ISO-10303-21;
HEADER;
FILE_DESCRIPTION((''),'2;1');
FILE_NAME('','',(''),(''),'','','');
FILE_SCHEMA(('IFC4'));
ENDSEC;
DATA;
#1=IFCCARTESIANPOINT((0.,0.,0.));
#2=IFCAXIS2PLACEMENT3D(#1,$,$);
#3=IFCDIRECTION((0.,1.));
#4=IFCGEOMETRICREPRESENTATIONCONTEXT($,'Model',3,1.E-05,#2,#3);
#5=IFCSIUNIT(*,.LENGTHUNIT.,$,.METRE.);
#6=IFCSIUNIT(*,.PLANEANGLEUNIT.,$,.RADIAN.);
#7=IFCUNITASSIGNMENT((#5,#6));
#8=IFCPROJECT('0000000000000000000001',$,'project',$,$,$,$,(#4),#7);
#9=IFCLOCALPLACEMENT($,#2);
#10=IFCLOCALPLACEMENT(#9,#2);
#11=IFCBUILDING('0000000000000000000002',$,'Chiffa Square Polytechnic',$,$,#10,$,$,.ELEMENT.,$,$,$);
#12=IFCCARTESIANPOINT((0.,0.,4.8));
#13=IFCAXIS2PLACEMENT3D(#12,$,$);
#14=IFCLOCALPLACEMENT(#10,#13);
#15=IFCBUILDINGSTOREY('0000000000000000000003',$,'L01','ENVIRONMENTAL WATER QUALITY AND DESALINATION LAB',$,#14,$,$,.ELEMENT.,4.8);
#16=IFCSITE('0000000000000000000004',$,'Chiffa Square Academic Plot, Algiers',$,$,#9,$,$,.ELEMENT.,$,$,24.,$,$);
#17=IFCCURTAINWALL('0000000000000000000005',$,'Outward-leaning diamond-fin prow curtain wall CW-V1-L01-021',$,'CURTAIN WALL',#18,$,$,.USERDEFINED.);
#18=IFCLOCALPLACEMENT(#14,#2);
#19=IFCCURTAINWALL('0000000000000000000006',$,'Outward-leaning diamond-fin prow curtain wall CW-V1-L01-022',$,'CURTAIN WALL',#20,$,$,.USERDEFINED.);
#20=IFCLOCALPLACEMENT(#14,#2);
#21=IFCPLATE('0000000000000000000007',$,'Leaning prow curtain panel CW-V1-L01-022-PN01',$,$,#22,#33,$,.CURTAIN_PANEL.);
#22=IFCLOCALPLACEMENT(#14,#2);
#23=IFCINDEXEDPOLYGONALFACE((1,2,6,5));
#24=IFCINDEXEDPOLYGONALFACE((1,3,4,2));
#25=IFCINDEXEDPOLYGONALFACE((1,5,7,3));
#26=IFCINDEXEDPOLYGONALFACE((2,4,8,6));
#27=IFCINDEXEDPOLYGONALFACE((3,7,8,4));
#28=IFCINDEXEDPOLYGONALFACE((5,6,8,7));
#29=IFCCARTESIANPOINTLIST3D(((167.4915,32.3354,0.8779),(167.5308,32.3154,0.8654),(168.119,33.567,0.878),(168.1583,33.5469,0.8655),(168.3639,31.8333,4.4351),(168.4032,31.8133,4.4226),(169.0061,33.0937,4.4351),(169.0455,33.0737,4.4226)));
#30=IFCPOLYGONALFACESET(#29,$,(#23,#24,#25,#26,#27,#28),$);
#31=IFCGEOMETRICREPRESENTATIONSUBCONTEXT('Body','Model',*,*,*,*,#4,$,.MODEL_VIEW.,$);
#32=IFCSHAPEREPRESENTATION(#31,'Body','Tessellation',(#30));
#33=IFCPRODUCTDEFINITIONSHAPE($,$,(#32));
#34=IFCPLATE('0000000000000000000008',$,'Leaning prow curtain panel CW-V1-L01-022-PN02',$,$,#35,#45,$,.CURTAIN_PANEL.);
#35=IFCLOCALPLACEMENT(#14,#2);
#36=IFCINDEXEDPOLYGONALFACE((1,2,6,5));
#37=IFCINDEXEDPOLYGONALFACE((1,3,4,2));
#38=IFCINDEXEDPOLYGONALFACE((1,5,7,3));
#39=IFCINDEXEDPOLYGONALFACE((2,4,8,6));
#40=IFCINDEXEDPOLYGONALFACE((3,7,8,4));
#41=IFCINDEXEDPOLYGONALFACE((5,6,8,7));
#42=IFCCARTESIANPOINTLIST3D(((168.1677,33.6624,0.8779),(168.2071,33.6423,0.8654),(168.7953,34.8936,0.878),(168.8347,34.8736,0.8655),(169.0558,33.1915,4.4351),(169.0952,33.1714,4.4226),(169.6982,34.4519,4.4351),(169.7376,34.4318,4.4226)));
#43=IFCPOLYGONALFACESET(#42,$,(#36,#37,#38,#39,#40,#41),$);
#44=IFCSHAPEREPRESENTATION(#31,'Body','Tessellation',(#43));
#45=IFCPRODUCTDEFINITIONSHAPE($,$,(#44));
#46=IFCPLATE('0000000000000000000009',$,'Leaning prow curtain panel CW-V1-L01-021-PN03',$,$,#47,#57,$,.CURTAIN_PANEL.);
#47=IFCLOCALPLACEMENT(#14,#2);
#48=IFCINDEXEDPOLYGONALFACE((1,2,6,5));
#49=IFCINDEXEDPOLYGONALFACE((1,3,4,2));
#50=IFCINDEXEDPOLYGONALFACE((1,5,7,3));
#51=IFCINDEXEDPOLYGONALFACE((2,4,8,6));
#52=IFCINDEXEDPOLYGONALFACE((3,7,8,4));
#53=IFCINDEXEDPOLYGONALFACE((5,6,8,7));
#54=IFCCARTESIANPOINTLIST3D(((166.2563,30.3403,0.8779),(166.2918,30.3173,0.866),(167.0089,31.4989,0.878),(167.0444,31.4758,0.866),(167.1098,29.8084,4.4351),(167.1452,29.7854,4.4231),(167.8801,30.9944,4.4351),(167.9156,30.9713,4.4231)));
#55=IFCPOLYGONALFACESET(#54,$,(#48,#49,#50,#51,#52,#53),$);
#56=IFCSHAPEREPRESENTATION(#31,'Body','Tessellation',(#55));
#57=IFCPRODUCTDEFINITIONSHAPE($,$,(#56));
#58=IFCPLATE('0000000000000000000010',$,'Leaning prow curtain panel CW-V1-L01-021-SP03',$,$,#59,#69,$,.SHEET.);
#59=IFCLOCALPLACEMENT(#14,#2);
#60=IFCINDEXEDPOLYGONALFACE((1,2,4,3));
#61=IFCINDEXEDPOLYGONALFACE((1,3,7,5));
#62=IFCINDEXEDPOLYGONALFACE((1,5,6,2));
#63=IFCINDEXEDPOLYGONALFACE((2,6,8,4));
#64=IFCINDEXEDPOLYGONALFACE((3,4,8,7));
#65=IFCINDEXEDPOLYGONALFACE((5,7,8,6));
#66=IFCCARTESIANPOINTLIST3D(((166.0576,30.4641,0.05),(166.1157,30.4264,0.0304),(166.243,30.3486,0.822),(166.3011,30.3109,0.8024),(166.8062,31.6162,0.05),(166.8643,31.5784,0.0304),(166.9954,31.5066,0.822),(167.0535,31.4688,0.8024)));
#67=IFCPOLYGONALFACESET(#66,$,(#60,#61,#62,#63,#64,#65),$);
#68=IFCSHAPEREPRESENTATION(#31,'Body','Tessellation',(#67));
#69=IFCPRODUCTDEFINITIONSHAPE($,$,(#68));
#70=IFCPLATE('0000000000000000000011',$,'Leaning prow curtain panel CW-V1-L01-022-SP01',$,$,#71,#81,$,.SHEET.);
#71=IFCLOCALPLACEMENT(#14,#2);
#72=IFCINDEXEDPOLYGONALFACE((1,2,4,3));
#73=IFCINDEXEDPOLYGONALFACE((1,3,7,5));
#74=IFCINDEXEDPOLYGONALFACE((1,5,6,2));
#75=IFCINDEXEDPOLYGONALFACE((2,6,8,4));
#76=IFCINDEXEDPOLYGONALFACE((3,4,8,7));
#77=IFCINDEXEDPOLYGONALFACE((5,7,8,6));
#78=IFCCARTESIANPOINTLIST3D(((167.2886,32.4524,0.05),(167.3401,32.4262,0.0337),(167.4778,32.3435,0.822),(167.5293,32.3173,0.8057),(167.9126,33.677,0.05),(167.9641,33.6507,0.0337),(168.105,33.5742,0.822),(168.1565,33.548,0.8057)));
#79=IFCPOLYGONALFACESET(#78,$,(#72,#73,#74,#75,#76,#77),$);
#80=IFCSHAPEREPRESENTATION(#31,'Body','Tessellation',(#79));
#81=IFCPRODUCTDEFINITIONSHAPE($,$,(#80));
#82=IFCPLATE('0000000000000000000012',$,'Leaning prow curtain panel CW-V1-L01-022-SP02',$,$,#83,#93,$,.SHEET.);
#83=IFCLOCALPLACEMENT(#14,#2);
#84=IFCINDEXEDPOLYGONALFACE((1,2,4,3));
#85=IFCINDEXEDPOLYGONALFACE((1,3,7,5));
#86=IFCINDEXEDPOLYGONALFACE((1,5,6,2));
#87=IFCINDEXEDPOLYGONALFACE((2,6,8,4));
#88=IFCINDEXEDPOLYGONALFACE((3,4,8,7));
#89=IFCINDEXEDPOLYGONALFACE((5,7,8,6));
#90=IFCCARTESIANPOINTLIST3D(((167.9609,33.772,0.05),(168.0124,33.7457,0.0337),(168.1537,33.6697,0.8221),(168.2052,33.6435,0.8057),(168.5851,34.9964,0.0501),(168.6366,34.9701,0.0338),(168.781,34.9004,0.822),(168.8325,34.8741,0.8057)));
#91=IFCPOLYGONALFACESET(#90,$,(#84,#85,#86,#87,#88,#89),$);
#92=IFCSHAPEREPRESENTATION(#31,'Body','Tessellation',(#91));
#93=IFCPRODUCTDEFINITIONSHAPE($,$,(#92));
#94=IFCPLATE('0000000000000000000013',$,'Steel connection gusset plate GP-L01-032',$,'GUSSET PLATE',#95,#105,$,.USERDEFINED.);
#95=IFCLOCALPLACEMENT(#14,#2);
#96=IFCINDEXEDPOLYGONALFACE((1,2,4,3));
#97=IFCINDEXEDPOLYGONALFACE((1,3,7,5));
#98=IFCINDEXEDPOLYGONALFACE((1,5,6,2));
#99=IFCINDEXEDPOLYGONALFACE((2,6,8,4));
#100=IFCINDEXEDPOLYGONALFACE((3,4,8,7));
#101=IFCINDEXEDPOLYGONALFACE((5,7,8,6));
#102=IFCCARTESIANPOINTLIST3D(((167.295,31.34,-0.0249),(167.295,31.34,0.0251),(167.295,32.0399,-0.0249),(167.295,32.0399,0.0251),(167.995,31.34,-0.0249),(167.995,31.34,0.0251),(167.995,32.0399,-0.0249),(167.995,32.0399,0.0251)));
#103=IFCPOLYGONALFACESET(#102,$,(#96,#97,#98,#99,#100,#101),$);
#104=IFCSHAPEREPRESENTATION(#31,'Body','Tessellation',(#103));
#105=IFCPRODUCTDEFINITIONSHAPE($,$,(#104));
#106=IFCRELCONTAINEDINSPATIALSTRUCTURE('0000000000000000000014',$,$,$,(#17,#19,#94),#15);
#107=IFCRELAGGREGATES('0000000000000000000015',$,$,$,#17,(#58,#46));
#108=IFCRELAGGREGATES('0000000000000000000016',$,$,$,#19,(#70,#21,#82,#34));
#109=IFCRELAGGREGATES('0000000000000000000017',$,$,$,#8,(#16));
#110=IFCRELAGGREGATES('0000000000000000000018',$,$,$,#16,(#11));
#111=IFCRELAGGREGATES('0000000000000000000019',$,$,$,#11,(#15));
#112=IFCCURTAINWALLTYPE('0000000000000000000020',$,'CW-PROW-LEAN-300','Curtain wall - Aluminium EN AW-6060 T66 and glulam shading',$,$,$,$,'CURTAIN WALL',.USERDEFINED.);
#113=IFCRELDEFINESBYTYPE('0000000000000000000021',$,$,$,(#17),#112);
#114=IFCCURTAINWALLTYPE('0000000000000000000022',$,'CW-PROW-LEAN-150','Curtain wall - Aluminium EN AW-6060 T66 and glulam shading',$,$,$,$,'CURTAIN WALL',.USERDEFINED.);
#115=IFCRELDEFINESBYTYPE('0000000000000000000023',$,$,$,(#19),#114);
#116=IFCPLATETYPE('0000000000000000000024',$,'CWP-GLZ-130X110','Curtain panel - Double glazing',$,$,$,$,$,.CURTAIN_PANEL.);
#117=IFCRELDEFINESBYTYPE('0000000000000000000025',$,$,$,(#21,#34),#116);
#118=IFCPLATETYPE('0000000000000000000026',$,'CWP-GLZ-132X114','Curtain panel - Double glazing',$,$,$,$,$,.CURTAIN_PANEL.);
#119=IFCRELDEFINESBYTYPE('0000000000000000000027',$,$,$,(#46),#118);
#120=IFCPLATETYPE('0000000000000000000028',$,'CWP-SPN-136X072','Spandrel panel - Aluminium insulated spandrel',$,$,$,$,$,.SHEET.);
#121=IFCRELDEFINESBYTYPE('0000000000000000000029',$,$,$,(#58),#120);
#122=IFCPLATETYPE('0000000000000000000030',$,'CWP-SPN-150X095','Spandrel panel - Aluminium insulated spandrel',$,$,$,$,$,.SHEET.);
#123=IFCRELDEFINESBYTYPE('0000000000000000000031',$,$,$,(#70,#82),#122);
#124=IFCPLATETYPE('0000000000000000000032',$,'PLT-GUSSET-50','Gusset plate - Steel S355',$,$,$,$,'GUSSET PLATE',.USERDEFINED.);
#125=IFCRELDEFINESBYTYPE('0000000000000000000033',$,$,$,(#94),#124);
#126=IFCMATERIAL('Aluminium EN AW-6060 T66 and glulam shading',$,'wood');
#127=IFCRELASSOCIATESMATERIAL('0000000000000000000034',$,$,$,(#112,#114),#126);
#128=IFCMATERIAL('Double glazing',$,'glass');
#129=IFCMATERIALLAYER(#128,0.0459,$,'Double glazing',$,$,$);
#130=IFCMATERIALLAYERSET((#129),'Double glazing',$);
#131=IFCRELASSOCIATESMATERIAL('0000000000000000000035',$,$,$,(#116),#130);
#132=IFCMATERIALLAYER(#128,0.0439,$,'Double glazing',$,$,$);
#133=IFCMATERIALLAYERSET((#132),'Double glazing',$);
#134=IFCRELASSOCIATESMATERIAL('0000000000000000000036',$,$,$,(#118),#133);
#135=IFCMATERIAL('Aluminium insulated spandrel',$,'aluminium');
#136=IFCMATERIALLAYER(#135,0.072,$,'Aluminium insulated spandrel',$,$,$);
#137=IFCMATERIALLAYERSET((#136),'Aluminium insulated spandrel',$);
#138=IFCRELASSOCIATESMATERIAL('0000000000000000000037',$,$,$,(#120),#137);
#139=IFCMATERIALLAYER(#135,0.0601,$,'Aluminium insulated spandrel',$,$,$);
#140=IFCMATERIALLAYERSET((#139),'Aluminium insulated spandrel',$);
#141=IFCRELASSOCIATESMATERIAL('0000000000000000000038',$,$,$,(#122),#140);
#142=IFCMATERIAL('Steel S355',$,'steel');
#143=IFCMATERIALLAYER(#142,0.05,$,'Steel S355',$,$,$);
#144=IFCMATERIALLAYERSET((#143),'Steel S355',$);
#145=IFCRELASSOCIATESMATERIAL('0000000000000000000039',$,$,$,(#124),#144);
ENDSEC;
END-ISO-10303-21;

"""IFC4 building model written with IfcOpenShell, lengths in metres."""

from ifc_helpers import new_model, si_unit, direction, frame, origin, origin_2d, place, context, subcontext, project, spatial, polyline, rectangle, outline, extrude, material, layer, layer_set, type_object, element, aggregate, save


model = new_model("IFC4")

# Units and contexts
model_context = context("Model", 3, precision=1e-05, world=origin(), true_north=direction((0.0, 1.0)))
body_context = subcontext(model_context, "Body", "Model", "MODEL_VIEW")
ifc_project = project(units=[si_unit("LENGTHUNIT", "METRE"), si_unit("PLANEANGLEUNIT", "RADIAN")], contexts=[model_context])

# Site, building, storey
site_placement = place(None, origin())
site = spatial("IfcSite", under=ifc_project, at=site_placement, Name="Chiffa Square Academic Plot, Algiers", CompositionType="ELEMENT", RefElevation=24.0)
building_placement = place(site_placement, origin())
building = spatial("IfcBuilding", under=site, at=building_placement, Name="Chiffa Square Polytechnic", CompositionType="ELEMENT")
storey_placement = place(building_placement, frame((0.0, 0.0, 4.8)))
storey = spatial("IfcBuildingStorey", under=building, at=storey_placement, Name="L01", Description="ENVIRONMENTAL WATER QUALITY AND DESALINATION LAB", CompositionType="ELEMENT", Elevation=4.8)

# Shared definitions
ifc_material_1 = material(Name="Steel S355", Category="steel")

# Curtain walls
ifc_material_2 = material(Name="Aluminium EN AW-6060 T66 and glulam shading", Category="wood")
curtain_wall_type_1 = type_object("IfcCurtainWallType", Name="CW-PROW-LEAN-300", Description="Curtain wall - Aluminium EN AW-6060 T66 and glulam shading", ElementType="CURTAIN WALL", PredefinedType="USERDEFINED", material=ifc_material_2)
curtain_wall_1_placement = place(storey_placement, origin())
curtain_wall_1 = element("IfcCurtainWall", 1, at=curtain_wall_1_placement, inside=storey, type_object=curtain_wall_type_1, Name="Outward-leaning diamond-fin prow curtain wall CW-V1-L01-021", ObjectType="CURTAIN WALL", PredefinedType="USERDEFINED")
curtain_wall_type_2 = type_object("IfcCurtainWallType", Name="CW-PROW-LEAN-150", Description="Curtain wall - Aluminium EN AW-6060 T66 and glulam shading", ElementType="CURTAIN WALL", PredefinedType="USERDEFINED", material=ifc_material_2)
curtain_wall_2_placement = place(storey_placement, origin())
curtain_wall_2 = element("IfcCurtainWall", 2, at=curtain_wall_2_placement, inside=storey, type_object=curtain_wall_type_2, Name="Outward-leaning diamond-fin prow curtain wall CW-V1-L01-022", ObjectType="CURTAIN WALL", PredefinedType="USERDEFINED")

# Plates
ifc_material_3 = material(Name="Double glazing", Category="glass")
ifc_layer_1 = layer(ifc_material_3, 0.0459, Name="Double glazing")
ifc_layer_set_1 = layer_set([ifc_layer_1], Name="Double glazing")
plate_type_1 = type_object("IfcPlateType", Name="CWP-GLZ-130X110", Description="Curtain panel - Double glazing", PredefinedType="CURTAIN_PANEL", material=ifc_layer_set_1)
plate_1_placement = place(storey_placement, frame((167.4915, 32.3354, 0.8779), z_axis=(-0.857415, 0.436898, 0.271956), x_axis=(0.454018, 0.890993, 0.000034)))
plate_1 = element("IfcPlate", 3, at=plate_1_placement, type_object=plate_type_1, Name="Leaning prow curtain panel CW-V1-L01-022-PN01", PredefinedType="CURTAIN_PANEL", context=body_context, shape_type="SweptSolid", body=[
    extrude(outline(polyline([(0.0, 0.0), (1.3822, 0.0), (1.3634, -3.6964), (-0.0512, -3.6965), (0.0, 0.0)])), origin(), (0.0, 0.0, -1.0), 0.0459),
])
plate_2_placement = place(storey_placement, frame((168.1677, 33.6624, 0.8779), z_axis=(-0.857377, 0.437005, 0.271903), x_axis=(0.45412, 0.89094, 0.000024)))
plate_2 = element("IfcPlate", 4, at=plate_2_placement, type_object=plate_type_1, Name="Leaning prow curtain panel CW-V1-L01-022-PN02", PredefinedType="CURTAIN_PANEL", context=body_context, shape_type="SweptSolid", body=[
    extrude(outline(polyline([(0.0, 0.0), (1.382, 0.0), (1.3986, -3.6964), (-0.0162, -3.6964), (0.0, 0.0)])), origin(), (0.0, 0.0, -1.0), 0.0459),
])
ifc_layer_2 = layer(ifc_material_3, 0.0439, Name="Double glazing")
ifc_layer_set_2 = layer_set([ifc_layer_2], Name="Double glazing")
plate_type_2 = type_object("IfcPlateType", Name="CWP-GLZ-132X114", Description="Curtain panel - Double glazing", PredefinedType="CURTAIN_PANEL", material=ifc_layer_set_2)
plate_3_placement = place(storey_placement, frame((166.2563, 30.3403, 0.8779), z_axis=(-0.806986, 0.524209, 0.271991), x_axis=(0.544752, 0.838597, 0.000027)))
plate_3 = element("IfcPlate", 5, at=plate_3_placement, type_object=plate_type_2, Name="Leaning prow curtain panel CW-V1-L01-021-PN03", PredefinedType="CURTAIN_PANEL", context=body_context, shape_type="SweptSolid", body=[
    extrude(outline(polyline([(0.0, 0.0), (1.3815, 0.0), (1.4331, -3.6964), (0.0189, -3.6965), (0.0, 0.0)])), origin(), (0.0, 0.0, -1.0), 0.0439),
])
ifc_material_4 = material(Name="Aluminium insulated spandrel", Category="aluminium")
ifc_layer_3 = layer(ifc_material_4, 0.072, Name="Aluminium insulated spandrel")
ifc_layer_set_3 = layer_set([ifc_layer_3], Name="Aluminium insulated spandrel")
plate_type_3 = type_object("IfcPlateType", Name="CWP-SPN-136X072", Description="Spandrel panel - Aluminium insulated spandrel", PredefinedType="SHEET", material=ifc_layer_set_3)
plate_4_placement = place(storey_placement, frame((166.0576, 30.4641, 0.05), z_axis=(-0.806884, 0.524278, 0.272161), x_axis=(0.544843, 0.838538, -0.000008)))
plate_4 = element("IfcPlate", 6, at=plate_4_placement, type_object=plate_type_3, Name="Leaning prow curtain panel CW-V1-L01-021-SP03", PredefinedType="SHEET", context=body_context, shape_type="SweptSolid", body=[
    extrude(outline(polyline([(0.0, 0.0), (1.3739, 0.0), (1.3851, -0.8023), (0.0041, -0.8022), (0.0, 0.0)])), origin(), (0.0, 0.0, -1.0), 0.072),
])
aggregate(curtain_wall_1, [plate_4, plate_3])
ifc_layer_4 = layer(ifc_material_4, 0.0601, Name="Aluminium insulated spandrel")
ifc_layer_set_4 = layer_set([ifc_layer_4], Name="Aluminium insulated spandrel")
plate_type_4 = type_object("IfcPlateType", Name="CWP-SPN-150X095", Description="Spandrel panel - Aluminium insulated spandrel", PredefinedType="SHEET", material=ifc_layer_set_4)
plate_5_placement = place(storey_placement, frame((167.2886, 32.4524, 0.05), z_axis=(-0.857434, 0.436944, 0.271822), x_axis=(0.454039, 0.890982, -0.000005)))
plate_5 = element("IfcPlate", 7, at=plate_5_placement, type_object=plate_type_4, Name="Leaning prow curtain panel CW-V1-L01-022-SP01", PredefinedType="SHEET", context=body_context, shape_type="SweptSolid", body=[
    extrude(outline(polyline([(0.0, 0.0), (1.3744, 0.0), (1.3702, -0.8022), (-0.0111, -0.8022), (0.0, 0.0)])), origin(), (0.0, 0.0, -1.0), 0.0601),
])
plate_6_placement = place(storey_placement, frame((167.9609, 33.772, 0.05), z_axis=(-0.857351, 0.437031, 0.271944), x_axis=(0.454153, 0.890924, 0.000026)))
plate_6 = element("IfcPlate", 8, at=plate_6_placement, type_object=plate_type_4, Name="Leaning prow curtain panel CW-V1-L01-022-SP02", PredefinedType="SHEET", context=body_context, shape_type="SweptSolid", body=[
    extrude(outline(polyline([(0.0, 0.0), (1.3743, 0.0), (1.3778, -0.8022), (-0.0035, -0.8022), (0.0, 0.0)])), origin(), (0.0, 0.0, -1.0), 0.0601),
])
aggregate(curtain_wall_2, [plate_5, plate_1, plate_6, plate_2])
ifc_layer_5 = layer(ifc_material_1, 0.05, Name="Steel S355")
ifc_layer_set_5 = layer_set([ifc_layer_5], Name="Steel S355")
plate_type_5 = type_object("IfcPlateType", Name="PLT-GUSSET-50", Description="Gusset plate - Steel S355", ElementType="GUSSET PLATE", PredefinedType="USERDEFINED", material=ifc_layer_set_5)
plate_7_placement = place(storey_placement, frame((167.645, 31.6899, -0.0249), z_axis=(0.0, 0.0, 1.0), x_axis=(1.0, 0.0, 0.0)))
element("IfcPlate", 9, at=plate_7_placement, inside=storey, type_object=plate_type_5, Name="Steel connection gusset plate GP-L01-032", ObjectType="GUSSET PLATE", PredefinedType="USERDEFINED", context=body_context, shape_type="SweptSolid", body=[
    extrude(rectangle(XDim=0.7, YDim=0.7, at=origin_2d()), origin(), (0.0, 0.0, 1.0), 0.05),
])

save(model, "model.ifc")
